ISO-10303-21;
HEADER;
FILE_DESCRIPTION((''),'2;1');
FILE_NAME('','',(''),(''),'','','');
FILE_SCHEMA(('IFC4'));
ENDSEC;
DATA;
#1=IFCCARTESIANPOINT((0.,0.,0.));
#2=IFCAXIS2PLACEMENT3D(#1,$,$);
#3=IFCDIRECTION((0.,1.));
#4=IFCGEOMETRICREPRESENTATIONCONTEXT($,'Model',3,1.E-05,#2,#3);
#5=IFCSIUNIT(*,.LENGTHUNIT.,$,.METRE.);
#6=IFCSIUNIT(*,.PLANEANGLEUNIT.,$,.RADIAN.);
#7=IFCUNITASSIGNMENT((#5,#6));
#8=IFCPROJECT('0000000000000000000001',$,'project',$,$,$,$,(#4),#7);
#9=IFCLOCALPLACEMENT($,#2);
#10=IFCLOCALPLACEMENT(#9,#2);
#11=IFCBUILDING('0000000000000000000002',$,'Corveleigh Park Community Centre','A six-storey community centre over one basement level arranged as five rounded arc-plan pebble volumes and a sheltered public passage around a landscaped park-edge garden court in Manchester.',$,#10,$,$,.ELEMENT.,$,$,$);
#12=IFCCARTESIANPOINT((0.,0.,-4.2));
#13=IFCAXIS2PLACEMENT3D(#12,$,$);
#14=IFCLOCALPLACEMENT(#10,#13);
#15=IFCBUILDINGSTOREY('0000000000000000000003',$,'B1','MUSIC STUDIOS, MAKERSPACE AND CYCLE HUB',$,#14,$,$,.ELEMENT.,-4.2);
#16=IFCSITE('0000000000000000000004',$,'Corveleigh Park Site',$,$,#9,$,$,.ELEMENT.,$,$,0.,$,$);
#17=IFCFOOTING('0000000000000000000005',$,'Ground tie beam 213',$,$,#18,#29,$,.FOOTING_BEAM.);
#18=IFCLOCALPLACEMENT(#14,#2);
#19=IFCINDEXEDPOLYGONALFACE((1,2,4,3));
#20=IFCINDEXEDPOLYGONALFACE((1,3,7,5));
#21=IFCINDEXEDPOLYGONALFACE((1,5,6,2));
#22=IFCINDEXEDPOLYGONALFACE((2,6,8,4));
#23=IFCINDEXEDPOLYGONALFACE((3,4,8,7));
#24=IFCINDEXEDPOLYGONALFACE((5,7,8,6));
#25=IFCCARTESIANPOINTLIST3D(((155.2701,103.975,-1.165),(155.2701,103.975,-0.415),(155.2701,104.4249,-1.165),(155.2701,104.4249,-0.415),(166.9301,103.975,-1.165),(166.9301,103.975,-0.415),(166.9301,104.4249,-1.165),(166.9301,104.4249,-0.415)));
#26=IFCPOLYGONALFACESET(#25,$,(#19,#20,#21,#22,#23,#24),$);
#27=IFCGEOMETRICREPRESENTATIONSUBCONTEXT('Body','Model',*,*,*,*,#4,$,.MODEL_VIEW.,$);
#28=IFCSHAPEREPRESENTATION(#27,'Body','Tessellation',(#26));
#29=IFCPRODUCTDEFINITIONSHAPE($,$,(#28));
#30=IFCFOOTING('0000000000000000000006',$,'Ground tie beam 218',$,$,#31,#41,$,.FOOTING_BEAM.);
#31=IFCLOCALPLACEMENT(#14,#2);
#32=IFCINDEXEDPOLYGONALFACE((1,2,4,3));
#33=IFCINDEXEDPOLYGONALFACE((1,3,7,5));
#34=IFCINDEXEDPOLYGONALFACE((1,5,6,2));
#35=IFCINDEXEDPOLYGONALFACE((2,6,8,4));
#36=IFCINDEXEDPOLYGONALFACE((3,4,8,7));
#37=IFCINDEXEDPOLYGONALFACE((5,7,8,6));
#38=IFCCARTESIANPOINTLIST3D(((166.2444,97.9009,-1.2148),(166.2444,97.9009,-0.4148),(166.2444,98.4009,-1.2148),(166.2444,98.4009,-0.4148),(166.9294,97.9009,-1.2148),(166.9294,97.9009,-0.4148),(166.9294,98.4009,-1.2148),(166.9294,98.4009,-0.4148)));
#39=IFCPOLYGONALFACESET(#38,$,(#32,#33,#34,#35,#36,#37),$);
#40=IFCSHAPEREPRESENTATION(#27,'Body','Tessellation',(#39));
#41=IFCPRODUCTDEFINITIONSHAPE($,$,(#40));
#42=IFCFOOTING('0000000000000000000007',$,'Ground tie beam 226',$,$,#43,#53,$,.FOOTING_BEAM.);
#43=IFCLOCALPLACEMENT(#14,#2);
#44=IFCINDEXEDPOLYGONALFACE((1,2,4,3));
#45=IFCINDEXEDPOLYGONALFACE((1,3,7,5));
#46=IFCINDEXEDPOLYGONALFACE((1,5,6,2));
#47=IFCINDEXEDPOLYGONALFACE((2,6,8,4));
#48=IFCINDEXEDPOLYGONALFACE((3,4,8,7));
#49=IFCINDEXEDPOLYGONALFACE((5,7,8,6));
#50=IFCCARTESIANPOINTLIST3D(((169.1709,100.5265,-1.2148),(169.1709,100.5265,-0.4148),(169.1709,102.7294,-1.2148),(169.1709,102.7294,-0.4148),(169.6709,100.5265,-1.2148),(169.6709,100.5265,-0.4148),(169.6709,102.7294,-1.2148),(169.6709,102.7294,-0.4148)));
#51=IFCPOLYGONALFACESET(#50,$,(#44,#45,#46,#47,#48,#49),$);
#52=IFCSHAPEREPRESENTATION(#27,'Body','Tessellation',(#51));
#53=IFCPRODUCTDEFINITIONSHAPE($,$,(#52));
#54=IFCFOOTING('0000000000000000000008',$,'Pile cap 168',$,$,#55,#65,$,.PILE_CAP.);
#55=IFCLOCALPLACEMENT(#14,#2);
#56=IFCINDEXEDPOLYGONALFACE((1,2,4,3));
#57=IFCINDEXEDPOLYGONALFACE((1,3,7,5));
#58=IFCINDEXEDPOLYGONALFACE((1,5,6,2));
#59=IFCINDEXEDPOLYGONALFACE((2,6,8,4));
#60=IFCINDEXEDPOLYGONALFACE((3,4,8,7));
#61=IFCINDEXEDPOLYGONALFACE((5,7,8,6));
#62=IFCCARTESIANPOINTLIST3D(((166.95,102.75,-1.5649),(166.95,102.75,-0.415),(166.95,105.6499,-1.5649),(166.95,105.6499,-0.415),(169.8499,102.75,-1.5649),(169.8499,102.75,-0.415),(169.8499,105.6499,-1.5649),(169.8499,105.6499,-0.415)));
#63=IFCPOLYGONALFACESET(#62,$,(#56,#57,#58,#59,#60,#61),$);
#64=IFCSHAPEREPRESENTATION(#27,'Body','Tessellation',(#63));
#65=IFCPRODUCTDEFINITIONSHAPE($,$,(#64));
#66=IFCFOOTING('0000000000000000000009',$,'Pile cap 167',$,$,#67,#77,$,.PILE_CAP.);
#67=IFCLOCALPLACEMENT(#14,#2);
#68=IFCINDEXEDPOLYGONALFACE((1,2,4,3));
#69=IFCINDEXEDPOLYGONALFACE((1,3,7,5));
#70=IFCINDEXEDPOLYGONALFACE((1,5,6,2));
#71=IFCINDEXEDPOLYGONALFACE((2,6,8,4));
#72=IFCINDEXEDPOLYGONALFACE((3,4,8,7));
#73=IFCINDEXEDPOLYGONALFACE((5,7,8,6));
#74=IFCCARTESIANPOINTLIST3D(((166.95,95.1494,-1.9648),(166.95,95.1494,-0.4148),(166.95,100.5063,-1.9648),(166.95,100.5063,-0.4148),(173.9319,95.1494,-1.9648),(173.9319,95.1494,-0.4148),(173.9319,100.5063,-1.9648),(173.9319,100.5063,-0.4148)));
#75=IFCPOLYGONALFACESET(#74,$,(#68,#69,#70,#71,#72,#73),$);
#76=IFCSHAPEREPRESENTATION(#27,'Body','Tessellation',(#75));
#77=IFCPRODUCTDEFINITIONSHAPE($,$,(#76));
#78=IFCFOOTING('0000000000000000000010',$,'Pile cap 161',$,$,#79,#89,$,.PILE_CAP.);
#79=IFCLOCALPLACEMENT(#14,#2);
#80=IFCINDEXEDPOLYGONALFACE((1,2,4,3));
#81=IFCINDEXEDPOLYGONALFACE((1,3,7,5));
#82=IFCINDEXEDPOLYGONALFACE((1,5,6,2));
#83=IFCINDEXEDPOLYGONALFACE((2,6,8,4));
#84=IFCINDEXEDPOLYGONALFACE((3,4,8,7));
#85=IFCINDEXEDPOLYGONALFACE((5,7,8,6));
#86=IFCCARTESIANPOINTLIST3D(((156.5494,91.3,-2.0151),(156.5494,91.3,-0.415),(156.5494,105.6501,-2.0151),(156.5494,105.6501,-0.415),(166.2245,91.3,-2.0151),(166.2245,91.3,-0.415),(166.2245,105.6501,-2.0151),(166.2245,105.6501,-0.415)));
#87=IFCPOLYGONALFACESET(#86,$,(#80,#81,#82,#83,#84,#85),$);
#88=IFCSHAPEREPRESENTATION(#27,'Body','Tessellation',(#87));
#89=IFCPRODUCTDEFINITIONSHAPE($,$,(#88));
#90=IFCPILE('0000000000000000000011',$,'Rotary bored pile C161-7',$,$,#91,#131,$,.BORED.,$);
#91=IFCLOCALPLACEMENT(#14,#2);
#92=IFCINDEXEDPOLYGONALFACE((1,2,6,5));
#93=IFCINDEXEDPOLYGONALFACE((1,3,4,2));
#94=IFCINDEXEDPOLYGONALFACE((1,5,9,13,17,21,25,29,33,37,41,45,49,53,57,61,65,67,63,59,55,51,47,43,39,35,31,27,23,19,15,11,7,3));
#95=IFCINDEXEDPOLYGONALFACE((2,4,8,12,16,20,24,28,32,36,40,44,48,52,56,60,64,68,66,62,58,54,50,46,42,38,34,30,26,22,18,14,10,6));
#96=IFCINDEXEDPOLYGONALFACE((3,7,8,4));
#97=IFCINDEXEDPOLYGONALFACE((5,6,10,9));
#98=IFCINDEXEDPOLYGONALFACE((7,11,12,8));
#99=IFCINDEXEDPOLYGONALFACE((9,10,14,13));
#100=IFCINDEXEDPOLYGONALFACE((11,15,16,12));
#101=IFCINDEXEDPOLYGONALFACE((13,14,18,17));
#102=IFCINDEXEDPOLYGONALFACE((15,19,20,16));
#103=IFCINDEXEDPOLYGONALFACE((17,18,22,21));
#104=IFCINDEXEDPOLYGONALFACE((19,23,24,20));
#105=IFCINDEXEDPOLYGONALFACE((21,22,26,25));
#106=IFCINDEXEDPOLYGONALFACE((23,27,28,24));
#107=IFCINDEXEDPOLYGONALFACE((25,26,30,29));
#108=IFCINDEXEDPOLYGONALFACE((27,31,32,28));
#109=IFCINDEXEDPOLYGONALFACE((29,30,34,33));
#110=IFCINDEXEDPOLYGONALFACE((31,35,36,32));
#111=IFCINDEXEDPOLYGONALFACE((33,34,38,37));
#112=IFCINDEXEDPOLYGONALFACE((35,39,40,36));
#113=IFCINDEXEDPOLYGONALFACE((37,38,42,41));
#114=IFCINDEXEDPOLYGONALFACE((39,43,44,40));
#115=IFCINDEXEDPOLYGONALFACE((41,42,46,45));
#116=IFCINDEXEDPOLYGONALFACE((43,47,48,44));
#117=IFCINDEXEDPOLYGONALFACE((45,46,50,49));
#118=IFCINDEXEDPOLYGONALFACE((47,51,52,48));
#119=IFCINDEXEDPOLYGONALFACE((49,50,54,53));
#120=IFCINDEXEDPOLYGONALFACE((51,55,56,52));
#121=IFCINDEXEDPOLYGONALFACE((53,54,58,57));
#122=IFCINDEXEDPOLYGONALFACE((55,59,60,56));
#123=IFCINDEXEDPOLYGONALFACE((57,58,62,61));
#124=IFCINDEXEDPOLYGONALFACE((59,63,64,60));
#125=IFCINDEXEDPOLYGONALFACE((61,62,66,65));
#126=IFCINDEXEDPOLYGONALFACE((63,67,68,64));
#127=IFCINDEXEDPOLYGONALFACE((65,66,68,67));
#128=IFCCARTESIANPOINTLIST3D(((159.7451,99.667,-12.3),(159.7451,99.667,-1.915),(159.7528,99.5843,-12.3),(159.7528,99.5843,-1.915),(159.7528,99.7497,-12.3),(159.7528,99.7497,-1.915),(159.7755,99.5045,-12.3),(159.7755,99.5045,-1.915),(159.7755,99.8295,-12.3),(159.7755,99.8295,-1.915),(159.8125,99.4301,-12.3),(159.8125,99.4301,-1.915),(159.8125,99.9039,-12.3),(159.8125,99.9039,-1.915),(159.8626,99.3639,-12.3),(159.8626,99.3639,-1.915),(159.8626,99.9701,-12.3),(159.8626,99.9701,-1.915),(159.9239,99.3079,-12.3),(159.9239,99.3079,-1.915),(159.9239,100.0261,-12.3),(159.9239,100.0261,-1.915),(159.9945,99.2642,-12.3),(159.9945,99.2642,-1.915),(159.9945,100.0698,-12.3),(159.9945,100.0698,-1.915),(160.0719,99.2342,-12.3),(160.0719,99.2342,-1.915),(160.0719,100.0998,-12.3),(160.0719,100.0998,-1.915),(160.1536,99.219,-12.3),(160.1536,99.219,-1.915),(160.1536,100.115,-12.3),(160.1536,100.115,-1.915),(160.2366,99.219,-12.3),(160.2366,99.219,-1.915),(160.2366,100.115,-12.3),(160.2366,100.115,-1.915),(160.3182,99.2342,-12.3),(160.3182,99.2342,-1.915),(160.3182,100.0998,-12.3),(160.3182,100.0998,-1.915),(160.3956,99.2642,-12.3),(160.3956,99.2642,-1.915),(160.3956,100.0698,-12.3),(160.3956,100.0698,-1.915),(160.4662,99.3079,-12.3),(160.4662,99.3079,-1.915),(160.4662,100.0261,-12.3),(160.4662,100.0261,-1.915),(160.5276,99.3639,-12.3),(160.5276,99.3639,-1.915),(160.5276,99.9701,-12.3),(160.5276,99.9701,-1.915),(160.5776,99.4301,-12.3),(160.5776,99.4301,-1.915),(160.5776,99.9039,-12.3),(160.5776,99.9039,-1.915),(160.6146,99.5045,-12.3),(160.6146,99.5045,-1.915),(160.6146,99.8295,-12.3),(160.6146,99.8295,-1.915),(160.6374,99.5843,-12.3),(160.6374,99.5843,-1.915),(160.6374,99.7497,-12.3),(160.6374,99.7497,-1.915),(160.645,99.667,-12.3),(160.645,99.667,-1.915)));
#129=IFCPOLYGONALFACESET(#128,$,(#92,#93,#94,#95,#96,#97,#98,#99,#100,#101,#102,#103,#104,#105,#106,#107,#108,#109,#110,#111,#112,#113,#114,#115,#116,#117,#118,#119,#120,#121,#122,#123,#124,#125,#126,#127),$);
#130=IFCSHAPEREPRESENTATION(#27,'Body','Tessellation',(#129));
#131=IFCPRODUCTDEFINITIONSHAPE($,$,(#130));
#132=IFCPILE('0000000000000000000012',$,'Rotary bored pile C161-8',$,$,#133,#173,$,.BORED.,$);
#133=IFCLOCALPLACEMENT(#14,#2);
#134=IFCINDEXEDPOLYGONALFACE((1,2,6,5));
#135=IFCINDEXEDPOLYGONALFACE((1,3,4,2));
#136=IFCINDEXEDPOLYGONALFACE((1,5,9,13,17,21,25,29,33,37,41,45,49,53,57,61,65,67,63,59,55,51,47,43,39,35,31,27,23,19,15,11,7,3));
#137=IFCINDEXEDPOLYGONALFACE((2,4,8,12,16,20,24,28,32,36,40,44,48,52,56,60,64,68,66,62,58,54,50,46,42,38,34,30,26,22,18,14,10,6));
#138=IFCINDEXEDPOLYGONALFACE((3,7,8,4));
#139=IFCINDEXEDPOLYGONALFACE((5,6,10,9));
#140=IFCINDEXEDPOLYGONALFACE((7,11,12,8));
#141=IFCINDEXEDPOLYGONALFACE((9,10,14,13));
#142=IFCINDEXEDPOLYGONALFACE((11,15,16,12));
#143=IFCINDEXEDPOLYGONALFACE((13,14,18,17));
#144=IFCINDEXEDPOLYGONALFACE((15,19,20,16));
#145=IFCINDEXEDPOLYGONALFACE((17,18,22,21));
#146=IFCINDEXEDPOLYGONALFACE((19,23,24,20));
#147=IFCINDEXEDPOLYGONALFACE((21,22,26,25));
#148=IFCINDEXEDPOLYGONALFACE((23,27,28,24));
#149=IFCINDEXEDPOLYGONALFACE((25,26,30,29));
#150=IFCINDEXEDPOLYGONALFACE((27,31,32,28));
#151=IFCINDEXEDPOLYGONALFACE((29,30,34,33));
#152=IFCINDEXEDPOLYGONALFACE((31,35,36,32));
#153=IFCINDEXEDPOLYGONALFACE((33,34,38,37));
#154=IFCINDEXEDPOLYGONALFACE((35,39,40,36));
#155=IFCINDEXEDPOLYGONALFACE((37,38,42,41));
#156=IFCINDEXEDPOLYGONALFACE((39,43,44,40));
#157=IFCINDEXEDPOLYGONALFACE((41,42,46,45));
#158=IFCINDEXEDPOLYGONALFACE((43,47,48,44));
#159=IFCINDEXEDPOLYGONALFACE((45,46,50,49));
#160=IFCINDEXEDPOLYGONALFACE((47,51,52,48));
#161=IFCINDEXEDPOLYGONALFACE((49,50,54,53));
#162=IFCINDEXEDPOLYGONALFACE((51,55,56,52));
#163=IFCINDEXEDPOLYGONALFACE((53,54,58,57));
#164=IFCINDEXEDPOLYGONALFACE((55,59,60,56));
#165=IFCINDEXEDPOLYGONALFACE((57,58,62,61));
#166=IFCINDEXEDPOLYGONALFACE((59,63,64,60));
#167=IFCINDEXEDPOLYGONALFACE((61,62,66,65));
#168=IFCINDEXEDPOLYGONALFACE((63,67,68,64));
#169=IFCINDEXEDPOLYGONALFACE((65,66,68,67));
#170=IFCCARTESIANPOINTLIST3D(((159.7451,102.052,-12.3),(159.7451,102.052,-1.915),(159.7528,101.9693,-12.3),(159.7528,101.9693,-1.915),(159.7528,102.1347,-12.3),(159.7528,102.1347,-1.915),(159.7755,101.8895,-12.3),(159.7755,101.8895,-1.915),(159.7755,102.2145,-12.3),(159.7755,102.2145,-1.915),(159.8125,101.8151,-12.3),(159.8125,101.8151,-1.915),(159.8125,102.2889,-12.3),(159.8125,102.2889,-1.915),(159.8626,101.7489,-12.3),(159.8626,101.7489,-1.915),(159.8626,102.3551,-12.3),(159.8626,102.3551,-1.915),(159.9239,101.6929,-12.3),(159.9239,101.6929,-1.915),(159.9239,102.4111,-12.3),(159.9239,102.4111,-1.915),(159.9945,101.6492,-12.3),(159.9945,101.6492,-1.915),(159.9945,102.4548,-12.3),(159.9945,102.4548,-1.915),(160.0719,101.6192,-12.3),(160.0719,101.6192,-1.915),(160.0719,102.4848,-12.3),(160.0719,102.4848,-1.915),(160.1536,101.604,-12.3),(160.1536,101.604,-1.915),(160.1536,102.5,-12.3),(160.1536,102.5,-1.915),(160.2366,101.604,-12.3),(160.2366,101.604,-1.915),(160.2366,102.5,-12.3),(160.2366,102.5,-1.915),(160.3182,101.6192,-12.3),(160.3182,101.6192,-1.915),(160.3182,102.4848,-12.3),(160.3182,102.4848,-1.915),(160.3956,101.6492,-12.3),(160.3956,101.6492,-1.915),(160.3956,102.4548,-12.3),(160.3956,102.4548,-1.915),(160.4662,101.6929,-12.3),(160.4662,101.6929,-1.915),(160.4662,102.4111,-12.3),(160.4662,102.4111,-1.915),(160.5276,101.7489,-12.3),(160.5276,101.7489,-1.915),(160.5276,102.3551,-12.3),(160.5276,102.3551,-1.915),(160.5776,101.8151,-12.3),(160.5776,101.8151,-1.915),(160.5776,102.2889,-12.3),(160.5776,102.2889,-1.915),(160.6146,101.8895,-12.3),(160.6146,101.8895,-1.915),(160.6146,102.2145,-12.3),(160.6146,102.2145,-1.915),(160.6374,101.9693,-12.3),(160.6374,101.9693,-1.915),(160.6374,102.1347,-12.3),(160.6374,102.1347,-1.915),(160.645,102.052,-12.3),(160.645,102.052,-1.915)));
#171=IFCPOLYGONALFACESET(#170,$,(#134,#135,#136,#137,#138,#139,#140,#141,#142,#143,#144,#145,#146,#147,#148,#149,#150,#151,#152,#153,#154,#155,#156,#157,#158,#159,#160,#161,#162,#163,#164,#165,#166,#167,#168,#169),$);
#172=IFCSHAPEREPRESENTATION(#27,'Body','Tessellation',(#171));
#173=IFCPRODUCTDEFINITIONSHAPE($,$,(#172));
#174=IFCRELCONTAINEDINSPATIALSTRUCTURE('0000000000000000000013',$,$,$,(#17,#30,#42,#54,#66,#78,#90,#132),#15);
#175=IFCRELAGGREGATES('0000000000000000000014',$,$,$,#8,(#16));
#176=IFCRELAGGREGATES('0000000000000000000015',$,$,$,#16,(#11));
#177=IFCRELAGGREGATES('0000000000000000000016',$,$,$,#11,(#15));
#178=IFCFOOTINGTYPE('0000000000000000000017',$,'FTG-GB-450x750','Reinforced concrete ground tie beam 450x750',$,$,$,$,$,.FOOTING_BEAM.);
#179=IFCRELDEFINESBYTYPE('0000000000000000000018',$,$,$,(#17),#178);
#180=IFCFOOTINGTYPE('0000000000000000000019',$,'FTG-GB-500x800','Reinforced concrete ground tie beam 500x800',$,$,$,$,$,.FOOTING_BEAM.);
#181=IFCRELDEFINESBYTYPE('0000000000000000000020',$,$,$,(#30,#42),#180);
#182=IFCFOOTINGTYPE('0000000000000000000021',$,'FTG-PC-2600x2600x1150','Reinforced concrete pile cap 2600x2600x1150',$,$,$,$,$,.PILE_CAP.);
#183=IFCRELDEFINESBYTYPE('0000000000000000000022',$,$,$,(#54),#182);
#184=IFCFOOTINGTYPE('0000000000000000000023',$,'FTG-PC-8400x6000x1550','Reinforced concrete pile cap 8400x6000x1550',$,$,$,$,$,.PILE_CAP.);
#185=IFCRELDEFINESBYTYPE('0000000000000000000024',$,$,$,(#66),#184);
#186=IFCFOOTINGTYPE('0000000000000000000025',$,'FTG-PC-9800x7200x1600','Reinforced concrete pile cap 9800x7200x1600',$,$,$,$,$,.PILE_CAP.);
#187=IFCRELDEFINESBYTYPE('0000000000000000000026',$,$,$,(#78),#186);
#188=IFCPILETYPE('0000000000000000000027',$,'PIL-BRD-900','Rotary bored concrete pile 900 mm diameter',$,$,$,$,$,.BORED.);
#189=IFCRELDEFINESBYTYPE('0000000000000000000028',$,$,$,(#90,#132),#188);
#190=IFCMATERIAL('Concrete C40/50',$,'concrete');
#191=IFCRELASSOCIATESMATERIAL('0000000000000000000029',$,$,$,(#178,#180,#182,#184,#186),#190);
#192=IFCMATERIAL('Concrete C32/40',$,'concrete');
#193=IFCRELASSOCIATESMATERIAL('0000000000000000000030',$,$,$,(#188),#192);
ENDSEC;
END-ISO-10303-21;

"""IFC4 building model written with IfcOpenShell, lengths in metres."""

from ifc_helpers import new_model, si_unit, direction, frame, origin, origin_2d, place, context, subcontext, project, spatial, rectangle, circle, extrude, material, material_profile, profile_set, type_object, element, save


model = new_model("IFC4")

# Units and contexts
model_context = context("Model", 3, precision=1e-05, world=origin(), true_north=direction((0.0, 1.0)))
body_context = subcontext(model_context, "Body", "Model", "MODEL_VIEW")
ifc_project = project(units=[si_unit("LENGTHUNIT", "METRE"), si_unit("PLANEANGLEUNIT", "RADIAN")], contexts=[model_context])

# Site, building, storey
site_placement = place(None, origin())
site = spatial("IfcSite", under=ifc_project, at=site_placement, Name="Corveleigh Park Site", CompositionType="ELEMENT", RefElevation=0.0)
building_placement = place(site_placement, origin())
building = spatial("IfcBuilding", under=site, at=building_placement, Name="Corveleigh Park Community Centre", Description="A six-storey community centre over one basement level arranged as five rounded arc-plan pebble volumes and a sheltered public passage around a landscaped park-edge garden court in Manchester.", CompositionType="ELEMENT")
storey_placement = place(building_placement, frame((0.0, 0.0, -4.2)))
storey = spatial("IfcBuildingStorey", under=building, at=storey_placement, Name="B1", Description="MUSIC STUDIOS, MAKERSPACE AND CYCLE HUB", CompositionType="ELEMENT", Elevation=-4.2)

# Footings
ifc_material_1 = material(Name="Concrete C40/50", Category="concrete")
footing_type_1 = type_object("IfcFootingType", Name="FTG-GB-450x750", Description="Reinforced concrete ground tie beam 450x750", PredefinedType="FOOTING_BEAM", material=ifc_material_1)
footing_1_placement = place(storey_placement, frame((161.1001, 104.2, -1.165), z_axis=(0.0, 0.0, 1.0), x_axis=(1.0, 0.0, 0.0)))
element("IfcFooting", 1, at=footing_1_placement, inside=storey, type_object=footing_type_1, Name="Ground tie beam 213", PredefinedType="FOOTING_BEAM", context=body_context, shape_type="SweptSolid", body=[
    extrude(rectangle(XDim=11.6599, YDim=0.45, at=origin_2d()), origin(), (0.0, 0.0, 1.0), 0.75),
])
footing_type_2 = type_object("IfcFootingType", Name="FTG-GB-500x800", Description="Reinforced concrete ground tie beam 500x800", PredefinedType="FOOTING_BEAM", material=ifc_material_1)
footing_2_placement = place(storey_placement, frame((166.5869, 98.1509, -1.2148), z_axis=(0.0, 0.0, 1.0), x_axis=(1.0, 0.0, 0.0)))
element("IfcFooting", 2, at=footing_2_placement, inside=storey, type_object=footing_type_2, Name="Ground tie beam 218", PredefinedType="FOOTING_BEAM", context=body_context, shape_type="SweptSolid", body=[
    extrude(rectangle(XDim=0.6851, YDim=0.5, at=origin_2d()), origin(), (0.0, 0.0, 1.0), 0.8),
])
footing_3_placement = place(storey_placement, frame((169.4209, 101.6279, -1.2148), z_axis=(0.0, 0.0, 1.0), x_axis=(1.0, 0.0, 0.0)))
element("IfcFooting", 3, at=footing_3_placement, inside=storey, type_object=footing_type_2, Name="Ground tie beam 226", PredefinedType="FOOTING_BEAM", context=body_context, shape_type="SweptSolid", body=[
    extrude(rectangle(XDim=0.5, YDim=2.2029, at=origin_2d()), origin(), (0.0, 0.0, 1.0), 0.8),
])
footing_type_3 = type_object("IfcFootingType", Name="FTG-PC-2600x2600x1150", Description="Reinforced concrete pile cap 2600x2600x1150", PredefinedType="PILE_CAP", material=ifc_material_1)
footing_4_placement = place(storey_placement, frame((168.3999, 104.2, -1.5649), z_axis=(0.0, 0.0, 1.0), x_axis=(1.0, 0.0, 0.0)))
element("IfcFooting", 4, at=footing_4_placement, inside=storey, type_object=footing_type_3, Name="Pile cap 168", PredefinedType="PILE_CAP", context=body_context, shape_type="SweptSolid", body=[
    extrude(rectangle(XDim=2.8999, YDim=2.8999, at=origin_2d()), origin(), (0.0, 0.0, 1.0), 1.1499),
])
footing_type_4 = type_object("IfcFootingType", Name="FTG-PC-8400x6000x1550", Description="Reinforced concrete pile cap 8400x6000x1550", PredefinedType="PILE_CAP", material=ifc_material_1)
footing_5_placement = place(storey_placement, frame((170.4409, 97.8279, -1.9648), z_axis=(0.0, 0.0, 1.0), x_axis=(1.0, 0.0, 0.0)))
element("IfcFooting", 5, at=footing_5_placement, inside=storey, type_object=footing_type_4, Name="Pile cap 167", PredefinedType="PILE_CAP", context=body_context, shape_type="SweptSolid", body=[
    extrude(rectangle(XDim=6.9819, YDim=5.3569, at=origin_2d()), origin(), (0.0, 0.0, 1.0), 1.55),
])
footing_type_5 = type_object("IfcFootingType", Name="FTG-PC-9800x7200x1600", Description="Reinforced concrete pile cap 9800x7200x1600", PredefinedType="PILE_CAP", material=ifc_material_1)
footing_6_placement = place(storey_placement, frame((161.387, 98.4751, -2.0151), z_axis=(0.0, 0.0, 1.0), x_axis=(1.0, 0.0, 0.0)))
element("IfcFooting", 6, at=footing_6_placement, inside=storey, type_object=footing_type_5, Name="Pile cap 161", PredefinedType="PILE_CAP", context=body_context, shape_type="SweptSolid", body=[
    extrude(rectangle(XDim=9.675, YDim=14.3501, at=origin_2d()), origin(), (0.0, 0.0, 1.0), 1.6001),
])

# Piles
ifc_material_2 = material(Name="Concrete C32/40", Category="concrete")
ifc_material_profile_1 = material_profile(ifc_material_2, circle(Radius=0.45, at=origin_2d()), Name="BORED-PILE-900", Category="concrete")
ifc_profile_set_1 = profile_set([ifc_material_profile_1], Name="Concrete C32/40")
pile_type = type_object("IfcPileType", Name="PIL-BRD-900", Description="Rotary bored concrete pile 900 mm diameter", PredefinedType="BORED", material=ifc_profile_set_1)
for number, where, z_axis, x_axis, name in (
    (7, (160.1951, 99.667, -1.915), (0.0, 0.0, -1.0), (1.0, 0.0, 0.0), "Rotary bored pile C161-7"),
    (8, (160.1951, 102.052, -1.915), (0.0, 0.0, -1.0), (1.0, 0.0, 0.0), "Rotary bored pile C161-8"),
):
    element("IfcPile", number, at=place(storey_placement, frame(where, z_axis=z_axis, x_axis=x_axis)), inside=storey, type_object=pile_type, Name=name, PredefinedType="BORED", context=body_context, shape_type="SweptSolid", body=[
        extrude(circle(Radius=0.45, at=origin_2d()), origin(), (0.0, 0.0, 1.0), 10.385),
    ])

save(model, "model.ifc")
